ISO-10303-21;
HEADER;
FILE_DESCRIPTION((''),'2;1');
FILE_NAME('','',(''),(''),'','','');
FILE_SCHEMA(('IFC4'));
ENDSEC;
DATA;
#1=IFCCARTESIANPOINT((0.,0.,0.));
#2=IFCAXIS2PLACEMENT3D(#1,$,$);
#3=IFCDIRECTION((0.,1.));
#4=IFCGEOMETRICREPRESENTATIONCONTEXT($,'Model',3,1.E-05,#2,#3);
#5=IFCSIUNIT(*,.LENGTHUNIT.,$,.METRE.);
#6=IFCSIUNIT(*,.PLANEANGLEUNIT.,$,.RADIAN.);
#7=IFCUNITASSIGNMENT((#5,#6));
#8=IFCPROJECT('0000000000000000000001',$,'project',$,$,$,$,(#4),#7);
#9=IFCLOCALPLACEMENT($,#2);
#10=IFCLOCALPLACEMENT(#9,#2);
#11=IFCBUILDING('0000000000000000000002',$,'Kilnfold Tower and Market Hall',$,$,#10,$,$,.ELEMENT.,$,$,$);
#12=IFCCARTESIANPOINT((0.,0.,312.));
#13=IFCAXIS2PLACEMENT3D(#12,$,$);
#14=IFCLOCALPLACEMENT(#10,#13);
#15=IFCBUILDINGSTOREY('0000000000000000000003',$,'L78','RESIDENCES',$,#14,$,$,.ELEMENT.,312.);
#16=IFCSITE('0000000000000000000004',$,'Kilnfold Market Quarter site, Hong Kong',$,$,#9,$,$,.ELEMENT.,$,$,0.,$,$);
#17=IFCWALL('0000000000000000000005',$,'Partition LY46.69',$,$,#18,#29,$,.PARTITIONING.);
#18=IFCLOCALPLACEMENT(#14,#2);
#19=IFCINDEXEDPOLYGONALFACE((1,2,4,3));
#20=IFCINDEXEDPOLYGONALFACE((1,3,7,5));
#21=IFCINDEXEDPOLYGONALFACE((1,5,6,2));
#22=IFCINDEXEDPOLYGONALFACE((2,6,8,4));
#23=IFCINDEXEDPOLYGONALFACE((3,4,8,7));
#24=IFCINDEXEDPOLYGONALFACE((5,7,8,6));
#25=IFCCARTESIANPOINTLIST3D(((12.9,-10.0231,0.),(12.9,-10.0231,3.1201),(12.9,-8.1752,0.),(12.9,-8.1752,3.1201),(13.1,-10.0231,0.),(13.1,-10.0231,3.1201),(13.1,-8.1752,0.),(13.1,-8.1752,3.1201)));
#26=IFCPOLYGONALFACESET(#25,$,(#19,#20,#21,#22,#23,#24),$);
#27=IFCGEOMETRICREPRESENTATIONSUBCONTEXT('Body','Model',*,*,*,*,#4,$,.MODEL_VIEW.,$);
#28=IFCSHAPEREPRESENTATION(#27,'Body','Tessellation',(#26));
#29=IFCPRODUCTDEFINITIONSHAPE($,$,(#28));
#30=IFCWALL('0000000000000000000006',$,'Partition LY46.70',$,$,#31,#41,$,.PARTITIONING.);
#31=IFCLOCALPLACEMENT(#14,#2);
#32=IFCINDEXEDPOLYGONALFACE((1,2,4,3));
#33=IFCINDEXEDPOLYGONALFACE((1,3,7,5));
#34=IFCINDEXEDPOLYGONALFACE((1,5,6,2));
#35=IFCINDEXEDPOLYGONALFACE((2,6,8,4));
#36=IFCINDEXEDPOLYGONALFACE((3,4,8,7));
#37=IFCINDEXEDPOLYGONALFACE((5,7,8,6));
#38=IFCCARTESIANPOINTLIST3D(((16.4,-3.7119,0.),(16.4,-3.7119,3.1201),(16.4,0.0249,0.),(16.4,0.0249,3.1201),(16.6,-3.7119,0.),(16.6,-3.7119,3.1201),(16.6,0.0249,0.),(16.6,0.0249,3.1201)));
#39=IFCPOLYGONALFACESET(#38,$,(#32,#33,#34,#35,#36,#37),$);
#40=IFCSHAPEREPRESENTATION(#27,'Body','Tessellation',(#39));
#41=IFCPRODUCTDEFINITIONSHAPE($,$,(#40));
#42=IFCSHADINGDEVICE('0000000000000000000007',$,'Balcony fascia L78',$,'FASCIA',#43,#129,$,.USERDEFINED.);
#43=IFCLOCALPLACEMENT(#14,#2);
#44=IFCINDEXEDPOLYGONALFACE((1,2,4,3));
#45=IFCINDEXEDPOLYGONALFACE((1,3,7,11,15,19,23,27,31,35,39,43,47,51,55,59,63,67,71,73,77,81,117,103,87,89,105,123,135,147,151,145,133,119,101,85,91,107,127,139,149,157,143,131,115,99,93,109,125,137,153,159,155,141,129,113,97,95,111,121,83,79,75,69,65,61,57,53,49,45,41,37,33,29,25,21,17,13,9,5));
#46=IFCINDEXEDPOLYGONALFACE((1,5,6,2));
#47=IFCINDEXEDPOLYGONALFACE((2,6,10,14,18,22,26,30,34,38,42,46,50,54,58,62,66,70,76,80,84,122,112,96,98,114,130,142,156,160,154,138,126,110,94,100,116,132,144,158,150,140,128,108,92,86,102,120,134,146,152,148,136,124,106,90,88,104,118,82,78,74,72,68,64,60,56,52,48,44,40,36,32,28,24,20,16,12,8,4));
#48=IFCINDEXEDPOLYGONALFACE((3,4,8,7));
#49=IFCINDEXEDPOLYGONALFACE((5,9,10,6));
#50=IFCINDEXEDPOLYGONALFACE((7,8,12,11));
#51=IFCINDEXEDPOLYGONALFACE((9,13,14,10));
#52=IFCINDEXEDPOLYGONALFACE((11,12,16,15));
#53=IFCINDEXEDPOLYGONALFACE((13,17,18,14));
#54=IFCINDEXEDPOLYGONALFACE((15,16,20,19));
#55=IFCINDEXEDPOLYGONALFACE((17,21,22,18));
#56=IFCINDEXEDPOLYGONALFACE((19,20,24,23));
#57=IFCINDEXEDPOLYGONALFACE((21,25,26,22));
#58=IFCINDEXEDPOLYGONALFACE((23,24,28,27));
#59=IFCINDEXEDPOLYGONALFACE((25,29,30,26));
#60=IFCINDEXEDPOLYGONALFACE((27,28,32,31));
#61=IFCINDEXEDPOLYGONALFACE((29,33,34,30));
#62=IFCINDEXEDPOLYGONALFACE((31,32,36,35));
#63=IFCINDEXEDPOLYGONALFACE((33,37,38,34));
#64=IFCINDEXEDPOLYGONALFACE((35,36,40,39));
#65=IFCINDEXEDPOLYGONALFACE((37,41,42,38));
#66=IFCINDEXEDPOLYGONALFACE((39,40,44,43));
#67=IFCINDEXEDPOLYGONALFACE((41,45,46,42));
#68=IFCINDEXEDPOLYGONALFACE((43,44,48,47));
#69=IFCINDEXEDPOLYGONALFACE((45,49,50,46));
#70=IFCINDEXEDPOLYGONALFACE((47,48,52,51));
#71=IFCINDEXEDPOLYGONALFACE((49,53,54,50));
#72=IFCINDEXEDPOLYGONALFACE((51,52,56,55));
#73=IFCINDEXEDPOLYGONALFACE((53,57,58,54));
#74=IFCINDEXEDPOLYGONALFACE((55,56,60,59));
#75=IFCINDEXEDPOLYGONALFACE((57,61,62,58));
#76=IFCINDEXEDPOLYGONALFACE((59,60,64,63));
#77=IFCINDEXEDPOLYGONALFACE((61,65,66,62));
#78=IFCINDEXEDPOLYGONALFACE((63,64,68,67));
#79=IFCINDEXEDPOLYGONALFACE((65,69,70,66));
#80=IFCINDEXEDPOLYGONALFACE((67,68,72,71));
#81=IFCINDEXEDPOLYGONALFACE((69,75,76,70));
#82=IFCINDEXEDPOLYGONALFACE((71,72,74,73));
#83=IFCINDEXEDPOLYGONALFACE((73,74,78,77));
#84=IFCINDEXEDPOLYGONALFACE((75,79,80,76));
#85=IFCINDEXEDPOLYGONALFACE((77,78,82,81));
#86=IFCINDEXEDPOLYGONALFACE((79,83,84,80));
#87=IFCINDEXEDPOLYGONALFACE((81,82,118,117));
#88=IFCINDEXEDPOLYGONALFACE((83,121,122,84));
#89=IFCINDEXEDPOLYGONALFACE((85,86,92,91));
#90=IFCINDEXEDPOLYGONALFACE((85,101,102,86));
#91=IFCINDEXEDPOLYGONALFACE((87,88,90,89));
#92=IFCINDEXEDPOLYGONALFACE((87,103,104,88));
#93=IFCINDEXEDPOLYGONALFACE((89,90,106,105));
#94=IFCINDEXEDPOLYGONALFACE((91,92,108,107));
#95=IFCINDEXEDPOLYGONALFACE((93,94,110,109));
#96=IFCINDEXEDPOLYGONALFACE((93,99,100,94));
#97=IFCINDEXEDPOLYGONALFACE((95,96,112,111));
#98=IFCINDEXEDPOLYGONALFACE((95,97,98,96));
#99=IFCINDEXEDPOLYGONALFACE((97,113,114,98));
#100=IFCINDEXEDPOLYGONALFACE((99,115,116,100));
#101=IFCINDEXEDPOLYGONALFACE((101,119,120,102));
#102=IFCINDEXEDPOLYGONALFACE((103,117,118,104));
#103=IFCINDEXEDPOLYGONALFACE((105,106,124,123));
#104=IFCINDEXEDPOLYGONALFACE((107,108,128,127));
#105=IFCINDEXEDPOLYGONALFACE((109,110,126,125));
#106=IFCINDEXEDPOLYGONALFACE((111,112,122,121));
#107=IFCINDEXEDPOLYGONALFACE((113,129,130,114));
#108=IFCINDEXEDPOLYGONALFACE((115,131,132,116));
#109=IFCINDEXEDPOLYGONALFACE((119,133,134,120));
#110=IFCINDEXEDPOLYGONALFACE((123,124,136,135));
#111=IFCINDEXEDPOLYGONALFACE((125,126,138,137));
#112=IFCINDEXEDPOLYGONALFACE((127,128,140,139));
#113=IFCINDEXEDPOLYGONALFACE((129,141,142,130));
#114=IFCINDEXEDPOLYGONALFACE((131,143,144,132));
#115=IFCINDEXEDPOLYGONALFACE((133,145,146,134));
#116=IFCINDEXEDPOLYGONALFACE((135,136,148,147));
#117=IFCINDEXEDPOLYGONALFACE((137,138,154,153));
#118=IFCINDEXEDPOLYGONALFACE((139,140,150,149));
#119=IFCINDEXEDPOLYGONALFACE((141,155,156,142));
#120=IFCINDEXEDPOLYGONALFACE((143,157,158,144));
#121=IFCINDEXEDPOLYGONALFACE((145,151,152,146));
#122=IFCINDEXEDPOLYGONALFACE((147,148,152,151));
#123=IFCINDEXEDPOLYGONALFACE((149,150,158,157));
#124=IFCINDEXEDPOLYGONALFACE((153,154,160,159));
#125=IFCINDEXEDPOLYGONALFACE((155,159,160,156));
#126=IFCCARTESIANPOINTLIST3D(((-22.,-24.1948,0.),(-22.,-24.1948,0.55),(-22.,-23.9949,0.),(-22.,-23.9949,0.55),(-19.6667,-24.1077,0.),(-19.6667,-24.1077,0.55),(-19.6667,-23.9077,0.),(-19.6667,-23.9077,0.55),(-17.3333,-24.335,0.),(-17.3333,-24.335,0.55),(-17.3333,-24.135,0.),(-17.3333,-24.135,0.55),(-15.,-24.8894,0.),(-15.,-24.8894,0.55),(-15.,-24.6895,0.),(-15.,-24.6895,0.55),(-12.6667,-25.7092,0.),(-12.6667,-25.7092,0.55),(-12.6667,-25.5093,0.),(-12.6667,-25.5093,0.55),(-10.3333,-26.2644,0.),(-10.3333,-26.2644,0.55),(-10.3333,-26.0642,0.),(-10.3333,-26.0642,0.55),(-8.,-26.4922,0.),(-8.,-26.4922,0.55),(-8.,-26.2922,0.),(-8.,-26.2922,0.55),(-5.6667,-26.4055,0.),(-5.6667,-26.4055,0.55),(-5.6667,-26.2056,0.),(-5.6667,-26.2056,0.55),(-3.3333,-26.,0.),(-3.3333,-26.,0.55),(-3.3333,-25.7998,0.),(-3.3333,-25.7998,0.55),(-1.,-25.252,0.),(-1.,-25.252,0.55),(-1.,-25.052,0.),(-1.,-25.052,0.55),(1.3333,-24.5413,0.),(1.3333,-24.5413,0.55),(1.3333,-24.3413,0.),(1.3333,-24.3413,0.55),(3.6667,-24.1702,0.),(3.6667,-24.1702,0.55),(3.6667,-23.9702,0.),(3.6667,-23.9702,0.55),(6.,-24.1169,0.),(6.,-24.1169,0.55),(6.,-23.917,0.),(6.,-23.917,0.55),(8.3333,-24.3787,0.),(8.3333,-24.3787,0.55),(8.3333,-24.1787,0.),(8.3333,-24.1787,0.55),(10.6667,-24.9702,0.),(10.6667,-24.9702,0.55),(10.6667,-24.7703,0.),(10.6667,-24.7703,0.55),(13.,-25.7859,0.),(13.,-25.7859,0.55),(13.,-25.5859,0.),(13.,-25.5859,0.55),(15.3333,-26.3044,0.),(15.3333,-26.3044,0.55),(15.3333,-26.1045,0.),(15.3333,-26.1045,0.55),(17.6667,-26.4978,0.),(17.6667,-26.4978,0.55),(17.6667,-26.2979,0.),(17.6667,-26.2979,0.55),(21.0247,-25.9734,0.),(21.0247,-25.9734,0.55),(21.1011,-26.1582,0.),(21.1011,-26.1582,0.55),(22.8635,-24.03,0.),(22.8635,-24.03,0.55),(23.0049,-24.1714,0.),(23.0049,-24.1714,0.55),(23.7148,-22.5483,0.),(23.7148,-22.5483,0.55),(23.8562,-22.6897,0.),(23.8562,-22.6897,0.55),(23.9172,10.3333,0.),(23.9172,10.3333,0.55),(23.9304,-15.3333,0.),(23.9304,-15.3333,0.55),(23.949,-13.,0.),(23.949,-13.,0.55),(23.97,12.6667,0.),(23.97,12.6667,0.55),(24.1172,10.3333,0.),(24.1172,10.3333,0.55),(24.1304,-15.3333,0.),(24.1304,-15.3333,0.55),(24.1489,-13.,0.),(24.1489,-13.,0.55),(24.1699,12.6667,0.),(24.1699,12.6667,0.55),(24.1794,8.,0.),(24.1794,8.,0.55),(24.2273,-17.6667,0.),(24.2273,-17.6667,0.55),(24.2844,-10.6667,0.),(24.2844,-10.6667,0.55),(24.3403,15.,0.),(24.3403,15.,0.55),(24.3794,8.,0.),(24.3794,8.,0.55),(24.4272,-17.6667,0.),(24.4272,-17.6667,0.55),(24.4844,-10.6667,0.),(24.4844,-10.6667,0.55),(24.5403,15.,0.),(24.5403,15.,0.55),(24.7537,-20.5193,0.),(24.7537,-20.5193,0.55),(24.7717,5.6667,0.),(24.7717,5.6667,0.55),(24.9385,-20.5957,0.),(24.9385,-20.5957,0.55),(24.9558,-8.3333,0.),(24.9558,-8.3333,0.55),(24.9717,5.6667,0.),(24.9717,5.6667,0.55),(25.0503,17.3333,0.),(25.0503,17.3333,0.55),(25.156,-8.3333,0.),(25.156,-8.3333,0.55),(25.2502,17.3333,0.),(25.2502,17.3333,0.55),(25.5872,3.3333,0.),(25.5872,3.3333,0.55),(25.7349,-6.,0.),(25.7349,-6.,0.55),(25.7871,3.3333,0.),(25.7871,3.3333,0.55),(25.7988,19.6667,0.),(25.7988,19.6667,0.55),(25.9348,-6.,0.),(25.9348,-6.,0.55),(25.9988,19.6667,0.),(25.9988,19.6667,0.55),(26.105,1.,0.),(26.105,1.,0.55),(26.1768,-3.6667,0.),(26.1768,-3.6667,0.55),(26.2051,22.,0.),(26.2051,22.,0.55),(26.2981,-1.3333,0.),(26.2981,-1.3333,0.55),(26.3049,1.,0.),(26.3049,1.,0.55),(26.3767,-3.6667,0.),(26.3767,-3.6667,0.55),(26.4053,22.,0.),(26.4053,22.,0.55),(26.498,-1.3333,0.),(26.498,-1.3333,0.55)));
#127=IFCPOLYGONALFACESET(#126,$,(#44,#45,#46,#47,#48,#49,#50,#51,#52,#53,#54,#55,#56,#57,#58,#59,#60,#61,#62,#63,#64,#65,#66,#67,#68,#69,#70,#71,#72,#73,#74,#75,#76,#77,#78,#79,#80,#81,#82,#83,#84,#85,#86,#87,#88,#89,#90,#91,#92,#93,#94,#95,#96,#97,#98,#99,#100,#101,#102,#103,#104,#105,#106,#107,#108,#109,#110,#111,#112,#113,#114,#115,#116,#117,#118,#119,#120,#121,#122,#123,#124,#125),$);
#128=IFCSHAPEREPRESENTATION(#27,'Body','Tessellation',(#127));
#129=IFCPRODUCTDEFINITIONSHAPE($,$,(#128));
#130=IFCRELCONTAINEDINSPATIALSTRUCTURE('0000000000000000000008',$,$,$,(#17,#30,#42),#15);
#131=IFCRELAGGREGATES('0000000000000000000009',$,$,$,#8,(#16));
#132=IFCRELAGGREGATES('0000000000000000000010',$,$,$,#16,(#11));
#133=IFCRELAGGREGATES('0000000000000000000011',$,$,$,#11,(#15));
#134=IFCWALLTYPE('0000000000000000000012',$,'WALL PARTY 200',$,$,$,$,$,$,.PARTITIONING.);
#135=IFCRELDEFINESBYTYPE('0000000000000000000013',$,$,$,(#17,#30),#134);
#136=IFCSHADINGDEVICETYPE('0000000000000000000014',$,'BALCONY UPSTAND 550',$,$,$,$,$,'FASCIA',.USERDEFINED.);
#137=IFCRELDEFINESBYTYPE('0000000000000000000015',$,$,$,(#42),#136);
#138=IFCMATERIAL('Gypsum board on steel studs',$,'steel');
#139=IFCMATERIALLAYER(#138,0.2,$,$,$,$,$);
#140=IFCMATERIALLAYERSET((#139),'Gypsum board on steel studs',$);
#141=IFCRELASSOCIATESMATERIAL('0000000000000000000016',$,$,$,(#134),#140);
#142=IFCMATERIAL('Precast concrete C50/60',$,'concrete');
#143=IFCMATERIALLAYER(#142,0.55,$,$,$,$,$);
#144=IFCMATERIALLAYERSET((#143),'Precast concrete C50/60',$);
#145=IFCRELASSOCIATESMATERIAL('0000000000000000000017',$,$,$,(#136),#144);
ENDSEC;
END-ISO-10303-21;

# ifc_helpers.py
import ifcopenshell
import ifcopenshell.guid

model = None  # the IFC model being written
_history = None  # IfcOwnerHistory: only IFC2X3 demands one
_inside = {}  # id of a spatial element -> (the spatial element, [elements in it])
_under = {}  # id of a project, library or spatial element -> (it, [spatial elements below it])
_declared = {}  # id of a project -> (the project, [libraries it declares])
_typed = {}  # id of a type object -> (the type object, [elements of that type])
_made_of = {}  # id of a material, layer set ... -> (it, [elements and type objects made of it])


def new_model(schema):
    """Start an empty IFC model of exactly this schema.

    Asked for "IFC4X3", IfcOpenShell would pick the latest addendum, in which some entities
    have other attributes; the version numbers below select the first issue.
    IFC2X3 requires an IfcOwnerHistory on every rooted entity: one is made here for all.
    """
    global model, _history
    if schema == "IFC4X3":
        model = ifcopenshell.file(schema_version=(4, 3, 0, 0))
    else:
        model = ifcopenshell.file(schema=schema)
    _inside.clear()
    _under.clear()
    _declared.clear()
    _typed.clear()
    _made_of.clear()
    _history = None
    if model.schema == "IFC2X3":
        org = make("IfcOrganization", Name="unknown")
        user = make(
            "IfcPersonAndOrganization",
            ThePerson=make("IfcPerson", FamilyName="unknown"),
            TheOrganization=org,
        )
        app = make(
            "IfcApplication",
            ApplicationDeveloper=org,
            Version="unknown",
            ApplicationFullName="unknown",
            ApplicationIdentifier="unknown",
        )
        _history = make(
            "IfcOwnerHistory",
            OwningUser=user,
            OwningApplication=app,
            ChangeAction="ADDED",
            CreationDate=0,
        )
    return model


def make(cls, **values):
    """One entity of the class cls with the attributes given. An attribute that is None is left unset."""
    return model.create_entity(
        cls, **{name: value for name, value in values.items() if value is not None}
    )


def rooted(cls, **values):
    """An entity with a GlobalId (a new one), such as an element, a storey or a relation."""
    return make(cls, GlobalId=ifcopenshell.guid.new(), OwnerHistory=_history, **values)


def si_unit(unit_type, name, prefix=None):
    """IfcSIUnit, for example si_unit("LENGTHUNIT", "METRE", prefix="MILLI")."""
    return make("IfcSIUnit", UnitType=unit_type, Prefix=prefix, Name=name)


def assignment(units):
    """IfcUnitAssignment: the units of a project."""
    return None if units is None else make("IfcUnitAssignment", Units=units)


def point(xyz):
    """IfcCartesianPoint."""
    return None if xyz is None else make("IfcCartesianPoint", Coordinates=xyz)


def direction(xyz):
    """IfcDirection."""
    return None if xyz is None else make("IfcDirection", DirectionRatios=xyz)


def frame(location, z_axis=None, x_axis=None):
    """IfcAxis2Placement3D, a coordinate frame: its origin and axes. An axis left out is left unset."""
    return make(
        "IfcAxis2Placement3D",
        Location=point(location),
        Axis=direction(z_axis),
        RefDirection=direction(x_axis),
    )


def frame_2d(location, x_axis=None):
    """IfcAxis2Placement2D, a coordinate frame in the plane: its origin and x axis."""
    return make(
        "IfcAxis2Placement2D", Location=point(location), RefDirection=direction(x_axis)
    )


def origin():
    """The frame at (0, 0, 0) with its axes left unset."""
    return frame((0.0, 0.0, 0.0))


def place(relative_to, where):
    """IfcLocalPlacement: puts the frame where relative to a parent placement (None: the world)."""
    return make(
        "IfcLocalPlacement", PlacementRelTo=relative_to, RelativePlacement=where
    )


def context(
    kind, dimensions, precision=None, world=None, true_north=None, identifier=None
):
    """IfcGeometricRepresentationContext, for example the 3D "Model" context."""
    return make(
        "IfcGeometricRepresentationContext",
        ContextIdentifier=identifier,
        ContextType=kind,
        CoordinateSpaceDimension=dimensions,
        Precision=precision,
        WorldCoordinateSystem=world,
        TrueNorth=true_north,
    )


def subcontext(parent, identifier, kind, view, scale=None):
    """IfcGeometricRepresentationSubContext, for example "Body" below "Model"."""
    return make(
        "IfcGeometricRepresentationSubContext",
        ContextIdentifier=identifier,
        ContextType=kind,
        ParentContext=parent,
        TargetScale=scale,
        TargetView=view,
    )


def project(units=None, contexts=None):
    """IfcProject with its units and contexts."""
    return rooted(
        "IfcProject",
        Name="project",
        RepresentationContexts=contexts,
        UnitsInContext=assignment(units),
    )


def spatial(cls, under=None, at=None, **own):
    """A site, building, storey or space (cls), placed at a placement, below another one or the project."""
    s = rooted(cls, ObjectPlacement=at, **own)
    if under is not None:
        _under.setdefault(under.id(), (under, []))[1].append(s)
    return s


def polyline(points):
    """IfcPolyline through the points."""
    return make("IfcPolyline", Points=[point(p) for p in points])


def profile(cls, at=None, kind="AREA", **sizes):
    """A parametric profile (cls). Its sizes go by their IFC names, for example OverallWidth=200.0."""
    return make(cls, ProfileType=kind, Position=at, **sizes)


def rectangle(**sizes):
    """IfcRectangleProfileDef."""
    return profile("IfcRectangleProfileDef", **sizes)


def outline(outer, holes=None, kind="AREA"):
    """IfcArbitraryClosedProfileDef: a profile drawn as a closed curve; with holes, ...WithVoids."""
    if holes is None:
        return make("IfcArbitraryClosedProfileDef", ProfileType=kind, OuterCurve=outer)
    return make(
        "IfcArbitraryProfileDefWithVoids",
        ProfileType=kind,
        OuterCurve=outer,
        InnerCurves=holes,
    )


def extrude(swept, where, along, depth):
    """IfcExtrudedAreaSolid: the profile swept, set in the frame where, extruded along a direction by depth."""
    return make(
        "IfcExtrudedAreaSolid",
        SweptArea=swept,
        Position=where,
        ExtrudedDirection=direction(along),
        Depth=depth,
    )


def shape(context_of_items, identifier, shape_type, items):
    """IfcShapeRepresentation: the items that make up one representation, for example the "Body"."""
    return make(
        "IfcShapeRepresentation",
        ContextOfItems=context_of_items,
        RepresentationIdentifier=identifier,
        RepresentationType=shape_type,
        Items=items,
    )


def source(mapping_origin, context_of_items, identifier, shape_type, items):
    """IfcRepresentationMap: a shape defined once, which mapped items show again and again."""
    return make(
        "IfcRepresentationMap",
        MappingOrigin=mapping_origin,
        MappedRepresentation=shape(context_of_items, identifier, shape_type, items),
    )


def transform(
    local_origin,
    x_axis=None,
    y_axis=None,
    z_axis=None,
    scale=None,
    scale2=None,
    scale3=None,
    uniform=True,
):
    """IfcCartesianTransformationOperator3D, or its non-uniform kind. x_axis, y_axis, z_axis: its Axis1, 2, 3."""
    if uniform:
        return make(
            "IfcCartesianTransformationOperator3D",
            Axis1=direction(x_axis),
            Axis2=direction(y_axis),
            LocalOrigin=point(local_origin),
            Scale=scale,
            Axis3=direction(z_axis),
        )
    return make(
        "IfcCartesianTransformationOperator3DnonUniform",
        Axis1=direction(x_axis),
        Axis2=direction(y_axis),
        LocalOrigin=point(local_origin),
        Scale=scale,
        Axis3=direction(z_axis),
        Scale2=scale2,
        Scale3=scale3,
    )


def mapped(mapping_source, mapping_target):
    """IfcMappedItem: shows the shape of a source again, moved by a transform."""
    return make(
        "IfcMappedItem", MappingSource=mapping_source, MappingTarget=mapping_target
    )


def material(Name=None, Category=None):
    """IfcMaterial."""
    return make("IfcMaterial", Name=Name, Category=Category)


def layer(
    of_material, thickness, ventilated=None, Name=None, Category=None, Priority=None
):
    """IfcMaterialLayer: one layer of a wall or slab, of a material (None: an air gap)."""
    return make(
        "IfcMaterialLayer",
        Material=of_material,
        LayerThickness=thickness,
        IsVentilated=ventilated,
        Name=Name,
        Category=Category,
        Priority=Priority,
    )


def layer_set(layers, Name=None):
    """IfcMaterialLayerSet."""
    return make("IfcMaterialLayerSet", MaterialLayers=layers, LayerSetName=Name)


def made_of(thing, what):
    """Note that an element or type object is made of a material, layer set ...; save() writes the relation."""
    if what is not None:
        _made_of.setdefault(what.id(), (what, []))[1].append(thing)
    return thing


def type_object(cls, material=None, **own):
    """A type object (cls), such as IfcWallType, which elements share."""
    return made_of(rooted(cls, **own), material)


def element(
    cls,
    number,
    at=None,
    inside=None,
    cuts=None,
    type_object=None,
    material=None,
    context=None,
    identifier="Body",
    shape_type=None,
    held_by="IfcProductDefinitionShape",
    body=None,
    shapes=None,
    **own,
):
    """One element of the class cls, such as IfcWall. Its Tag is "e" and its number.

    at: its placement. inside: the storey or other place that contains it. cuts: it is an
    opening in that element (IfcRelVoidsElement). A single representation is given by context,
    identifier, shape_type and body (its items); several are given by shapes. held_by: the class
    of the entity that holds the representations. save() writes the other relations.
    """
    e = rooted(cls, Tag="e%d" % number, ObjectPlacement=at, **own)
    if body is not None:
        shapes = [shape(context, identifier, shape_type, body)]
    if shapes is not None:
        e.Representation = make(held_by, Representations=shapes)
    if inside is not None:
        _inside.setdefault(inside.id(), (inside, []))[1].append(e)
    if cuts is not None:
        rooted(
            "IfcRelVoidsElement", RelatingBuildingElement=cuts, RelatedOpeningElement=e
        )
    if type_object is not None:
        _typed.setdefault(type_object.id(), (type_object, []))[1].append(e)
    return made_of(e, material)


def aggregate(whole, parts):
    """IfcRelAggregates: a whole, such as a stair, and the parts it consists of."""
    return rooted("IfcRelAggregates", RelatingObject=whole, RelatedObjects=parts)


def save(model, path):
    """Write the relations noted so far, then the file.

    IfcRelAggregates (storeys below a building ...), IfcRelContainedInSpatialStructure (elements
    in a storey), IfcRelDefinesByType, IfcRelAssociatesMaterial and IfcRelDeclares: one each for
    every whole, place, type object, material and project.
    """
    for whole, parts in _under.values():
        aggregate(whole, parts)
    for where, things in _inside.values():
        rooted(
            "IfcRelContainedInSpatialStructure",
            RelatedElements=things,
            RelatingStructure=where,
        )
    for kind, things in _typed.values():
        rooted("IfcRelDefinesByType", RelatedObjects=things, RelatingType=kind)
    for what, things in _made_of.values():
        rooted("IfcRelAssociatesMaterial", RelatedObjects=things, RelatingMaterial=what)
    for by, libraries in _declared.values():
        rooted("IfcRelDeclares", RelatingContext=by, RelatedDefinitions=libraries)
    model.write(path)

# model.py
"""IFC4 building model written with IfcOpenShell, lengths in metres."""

from ifc_helpers import new_model, si_unit, direction, frame, frame_2d, origin, place, context, subcontext, project, spatial, polyline, rectangle, outline, extrude, source, transform, mapped, material, layer, layer_set, type_object, element, save


model = new_model("IFC4")

# Units and contexts
model_context = context("Model", 3, precision=1e-05, world=origin(), true_north=direction((0.0, 1.0)))
body_context = subcontext(model_context, "Body", "Model", "MODEL_VIEW")
ifc_project = project(units=[si_unit("LENGTHUNIT", "METRE"), si_unit("PLANEANGLEUNIT", "RADIAN")], contexts=[model_context])

# Site, building, storey
site_placement = place(None, origin())
site = spatial("IfcSite", under=ifc_project, at=site_placement, Name="Kilnfold Market Quarter site, Hong Kong", CompositionType="ELEMENT", RefElevation=0.0)
building_placement = place(site_placement, origin())
building = spatial("IfcBuilding", under=site, at=building_placement, Name="Kilnfold Tower and Market Hall", CompositionType="ELEMENT")
storey_placement = place(building_placement, frame((0.0, 0.0, 312.0)))
storey = spatial("IfcBuildingStorey", under=building, at=storey_placement, Name="L78", Description="RESIDENCES", CompositionType="ELEMENT", Elevation=312.0)

# Walls
ifc_material_1 = material(Name="Gypsum board on steel studs", Category="steel")
ifc_layer_1 = layer(ifc_material_1, 0.2)
ifc_layer_set_1 = layer_set([ifc_layer_1], Name="Gypsum board on steel studs")
wall_type_1 = type_object("IfcWallType", Name="WALL PARTY 200", PredefinedType="PARTITIONING", material=ifc_layer_set_1)
wall_1_placement = place(storey_placement, frame((13.0, -10.0229, 0.0), z_axis=(0.0, 0.0, 1.0), x_axis=(0.0, 1.0, 0.0)))
element("IfcWall", 1, at=wall_1_placement, inside=storey, type_object=wall_type_1, Name="Partition LY46.69", PredefinedType="PARTITIONING", context=body_context, shape_type="SweptSolid", body=[
    extrude(rectangle(XDim=1.8479, YDim=0.2, at=frame_2d((0.9238, 0.0))), origin(), (0.0, 0.0, 1.0), 3.1201),
])
wall_2_placement = place(storey_placement, frame((16.5, -3.7119, 0.0), z_axis=(0.0, 0.0, 1.0), x_axis=(0.0, 1.0, 0.0)))
element("IfcWall", 2, at=wall_2_placement, inside=storey, type_object=wall_type_1, Name="Partition LY46.70", PredefinedType="PARTITIONING", context=body_context, shape_type="SweptSolid", body=[
    extrude(rectangle(XDim=3.7368, YDim=0.2, at=frame_2d((1.8684, 0.0))), origin(), (0.0, 0.0, 1.0), 3.1201),
])

# Shading device
ifc_material_2 = material(Name="Precast concrete C50/60", Category="concrete")
ifc_layer_2 = layer(ifc_material_2, 0.55)
ifc_layer_set_2 = layer_set([ifc_layer_2], Name="Precast concrete C50/60")
shading_device_type_1 = type_object("IfcShadingDeviceType", Name="BALCONY UPSTAND 550", ElementType="FASCIA", PredefinedType="USERDEFINED", material=ifc_layer_set_2)
shared_shape_1 = source(origin(), body_context, "Body", "SweptSolid", [
    extrude(outline(polyline([(-22.0, -24.1948), (-19.6667, -24.1077), (-17.3333, -24.335), (-15.0, -24.8894), (-12.6667, -25.7092), (-10.3333, -26.2644), (-8.0, -26.4922), (-5.6667, -26.4055), (-3.3333, -26.0), (-1.0, -25.252), (1.3333, -24.5413), (3.6667, -24.1702), (6.0, -24.1169), (8.3333, -24.3787), (10.6667, -24.9702), (13.0, -25.7859), (15.3333, -26.3044), (17.6667, -26.4978), (21.1011, -26.1582), (23.0049, -24.1714), (23.8562, -22.6897), (24.9385, -20.5957), (24.4272, -17.6667), (24.1304, -15.3333), (24.1489, -13.0), (24.4844, -10.6667), (25.156, -8.3333), (25.9348, -6.0), (26.3767, -3.6667), (26.498, -1.3333), (26.3049, 1.0), (25.7871, 3.3333), (24.9717, 5.6667), (24.3794, 8.0), (24.1172, 10.3333), (24.1699, 12.6667), (24.5403, 15.0), (25.2502, 17.3333), (25.9988, 19.6667), (26.4053, 22.0), (26.2051, 22.0), (25.7988, 19.6667), (25.0503, 17.3333), (24.3403, 15.0), (23.97, 12.6667), (23.9172, 10.3333), (24.1794, 8.0), (24.7717, 5.6667), (25.5872, 3.3333), (26.105, 1.0), (26.2981, -1.3333), (26.1768, -3.6667), (25.7349, -6.0), (24.9558, -8.3333), (24.2844, -10.6667), (23.949, -13.0), (23.9304, -15.3333), (24.2273, -17.6667), (24.7537, -20.5193), (23.7148, -22.5483), (22.8635, -24.03), (21.0247, -25.9734), (17.6667, -26.2979), (15.3333, -26.1045), (13.0, -25.5859), (10.6667, -24.7703), (8.3333, -24.1787), (6.0, -23.917), (3.6667, -23.9702), (1.3333, -24.3413), (-1.0, -25.052), (-3.3333, -25.7998), (-5.6667, -26.2056), (-8.0, -26.2922), (-10.3333, -26.0642), (-12.6667, -25.5093), (-15.0, -24.6895), (-17.3333, -24.135), (-19.6667, -23.9077), (-22.0, -23.9949), (-22.0, -24.1948)])), origin(), (0.0, 0.0, 1.0), 0.55),
])
shading_device_1_placement = place(storey_placement, origin())
element("IfcShadingDevice", 3, at=shading_device_1_placement, inside=storey, type_object=shading_device_type_1, Name="Balcony fascia L78", ObjectType="FASCIA", PredefinedType="USERDEFINED", context=body_context, shape_type="MappedRepresentation", body=[
    mapped(shared_shape_1, transform((0.0, 0.0, 0.0))),
])

save(model, "model.ifc")
